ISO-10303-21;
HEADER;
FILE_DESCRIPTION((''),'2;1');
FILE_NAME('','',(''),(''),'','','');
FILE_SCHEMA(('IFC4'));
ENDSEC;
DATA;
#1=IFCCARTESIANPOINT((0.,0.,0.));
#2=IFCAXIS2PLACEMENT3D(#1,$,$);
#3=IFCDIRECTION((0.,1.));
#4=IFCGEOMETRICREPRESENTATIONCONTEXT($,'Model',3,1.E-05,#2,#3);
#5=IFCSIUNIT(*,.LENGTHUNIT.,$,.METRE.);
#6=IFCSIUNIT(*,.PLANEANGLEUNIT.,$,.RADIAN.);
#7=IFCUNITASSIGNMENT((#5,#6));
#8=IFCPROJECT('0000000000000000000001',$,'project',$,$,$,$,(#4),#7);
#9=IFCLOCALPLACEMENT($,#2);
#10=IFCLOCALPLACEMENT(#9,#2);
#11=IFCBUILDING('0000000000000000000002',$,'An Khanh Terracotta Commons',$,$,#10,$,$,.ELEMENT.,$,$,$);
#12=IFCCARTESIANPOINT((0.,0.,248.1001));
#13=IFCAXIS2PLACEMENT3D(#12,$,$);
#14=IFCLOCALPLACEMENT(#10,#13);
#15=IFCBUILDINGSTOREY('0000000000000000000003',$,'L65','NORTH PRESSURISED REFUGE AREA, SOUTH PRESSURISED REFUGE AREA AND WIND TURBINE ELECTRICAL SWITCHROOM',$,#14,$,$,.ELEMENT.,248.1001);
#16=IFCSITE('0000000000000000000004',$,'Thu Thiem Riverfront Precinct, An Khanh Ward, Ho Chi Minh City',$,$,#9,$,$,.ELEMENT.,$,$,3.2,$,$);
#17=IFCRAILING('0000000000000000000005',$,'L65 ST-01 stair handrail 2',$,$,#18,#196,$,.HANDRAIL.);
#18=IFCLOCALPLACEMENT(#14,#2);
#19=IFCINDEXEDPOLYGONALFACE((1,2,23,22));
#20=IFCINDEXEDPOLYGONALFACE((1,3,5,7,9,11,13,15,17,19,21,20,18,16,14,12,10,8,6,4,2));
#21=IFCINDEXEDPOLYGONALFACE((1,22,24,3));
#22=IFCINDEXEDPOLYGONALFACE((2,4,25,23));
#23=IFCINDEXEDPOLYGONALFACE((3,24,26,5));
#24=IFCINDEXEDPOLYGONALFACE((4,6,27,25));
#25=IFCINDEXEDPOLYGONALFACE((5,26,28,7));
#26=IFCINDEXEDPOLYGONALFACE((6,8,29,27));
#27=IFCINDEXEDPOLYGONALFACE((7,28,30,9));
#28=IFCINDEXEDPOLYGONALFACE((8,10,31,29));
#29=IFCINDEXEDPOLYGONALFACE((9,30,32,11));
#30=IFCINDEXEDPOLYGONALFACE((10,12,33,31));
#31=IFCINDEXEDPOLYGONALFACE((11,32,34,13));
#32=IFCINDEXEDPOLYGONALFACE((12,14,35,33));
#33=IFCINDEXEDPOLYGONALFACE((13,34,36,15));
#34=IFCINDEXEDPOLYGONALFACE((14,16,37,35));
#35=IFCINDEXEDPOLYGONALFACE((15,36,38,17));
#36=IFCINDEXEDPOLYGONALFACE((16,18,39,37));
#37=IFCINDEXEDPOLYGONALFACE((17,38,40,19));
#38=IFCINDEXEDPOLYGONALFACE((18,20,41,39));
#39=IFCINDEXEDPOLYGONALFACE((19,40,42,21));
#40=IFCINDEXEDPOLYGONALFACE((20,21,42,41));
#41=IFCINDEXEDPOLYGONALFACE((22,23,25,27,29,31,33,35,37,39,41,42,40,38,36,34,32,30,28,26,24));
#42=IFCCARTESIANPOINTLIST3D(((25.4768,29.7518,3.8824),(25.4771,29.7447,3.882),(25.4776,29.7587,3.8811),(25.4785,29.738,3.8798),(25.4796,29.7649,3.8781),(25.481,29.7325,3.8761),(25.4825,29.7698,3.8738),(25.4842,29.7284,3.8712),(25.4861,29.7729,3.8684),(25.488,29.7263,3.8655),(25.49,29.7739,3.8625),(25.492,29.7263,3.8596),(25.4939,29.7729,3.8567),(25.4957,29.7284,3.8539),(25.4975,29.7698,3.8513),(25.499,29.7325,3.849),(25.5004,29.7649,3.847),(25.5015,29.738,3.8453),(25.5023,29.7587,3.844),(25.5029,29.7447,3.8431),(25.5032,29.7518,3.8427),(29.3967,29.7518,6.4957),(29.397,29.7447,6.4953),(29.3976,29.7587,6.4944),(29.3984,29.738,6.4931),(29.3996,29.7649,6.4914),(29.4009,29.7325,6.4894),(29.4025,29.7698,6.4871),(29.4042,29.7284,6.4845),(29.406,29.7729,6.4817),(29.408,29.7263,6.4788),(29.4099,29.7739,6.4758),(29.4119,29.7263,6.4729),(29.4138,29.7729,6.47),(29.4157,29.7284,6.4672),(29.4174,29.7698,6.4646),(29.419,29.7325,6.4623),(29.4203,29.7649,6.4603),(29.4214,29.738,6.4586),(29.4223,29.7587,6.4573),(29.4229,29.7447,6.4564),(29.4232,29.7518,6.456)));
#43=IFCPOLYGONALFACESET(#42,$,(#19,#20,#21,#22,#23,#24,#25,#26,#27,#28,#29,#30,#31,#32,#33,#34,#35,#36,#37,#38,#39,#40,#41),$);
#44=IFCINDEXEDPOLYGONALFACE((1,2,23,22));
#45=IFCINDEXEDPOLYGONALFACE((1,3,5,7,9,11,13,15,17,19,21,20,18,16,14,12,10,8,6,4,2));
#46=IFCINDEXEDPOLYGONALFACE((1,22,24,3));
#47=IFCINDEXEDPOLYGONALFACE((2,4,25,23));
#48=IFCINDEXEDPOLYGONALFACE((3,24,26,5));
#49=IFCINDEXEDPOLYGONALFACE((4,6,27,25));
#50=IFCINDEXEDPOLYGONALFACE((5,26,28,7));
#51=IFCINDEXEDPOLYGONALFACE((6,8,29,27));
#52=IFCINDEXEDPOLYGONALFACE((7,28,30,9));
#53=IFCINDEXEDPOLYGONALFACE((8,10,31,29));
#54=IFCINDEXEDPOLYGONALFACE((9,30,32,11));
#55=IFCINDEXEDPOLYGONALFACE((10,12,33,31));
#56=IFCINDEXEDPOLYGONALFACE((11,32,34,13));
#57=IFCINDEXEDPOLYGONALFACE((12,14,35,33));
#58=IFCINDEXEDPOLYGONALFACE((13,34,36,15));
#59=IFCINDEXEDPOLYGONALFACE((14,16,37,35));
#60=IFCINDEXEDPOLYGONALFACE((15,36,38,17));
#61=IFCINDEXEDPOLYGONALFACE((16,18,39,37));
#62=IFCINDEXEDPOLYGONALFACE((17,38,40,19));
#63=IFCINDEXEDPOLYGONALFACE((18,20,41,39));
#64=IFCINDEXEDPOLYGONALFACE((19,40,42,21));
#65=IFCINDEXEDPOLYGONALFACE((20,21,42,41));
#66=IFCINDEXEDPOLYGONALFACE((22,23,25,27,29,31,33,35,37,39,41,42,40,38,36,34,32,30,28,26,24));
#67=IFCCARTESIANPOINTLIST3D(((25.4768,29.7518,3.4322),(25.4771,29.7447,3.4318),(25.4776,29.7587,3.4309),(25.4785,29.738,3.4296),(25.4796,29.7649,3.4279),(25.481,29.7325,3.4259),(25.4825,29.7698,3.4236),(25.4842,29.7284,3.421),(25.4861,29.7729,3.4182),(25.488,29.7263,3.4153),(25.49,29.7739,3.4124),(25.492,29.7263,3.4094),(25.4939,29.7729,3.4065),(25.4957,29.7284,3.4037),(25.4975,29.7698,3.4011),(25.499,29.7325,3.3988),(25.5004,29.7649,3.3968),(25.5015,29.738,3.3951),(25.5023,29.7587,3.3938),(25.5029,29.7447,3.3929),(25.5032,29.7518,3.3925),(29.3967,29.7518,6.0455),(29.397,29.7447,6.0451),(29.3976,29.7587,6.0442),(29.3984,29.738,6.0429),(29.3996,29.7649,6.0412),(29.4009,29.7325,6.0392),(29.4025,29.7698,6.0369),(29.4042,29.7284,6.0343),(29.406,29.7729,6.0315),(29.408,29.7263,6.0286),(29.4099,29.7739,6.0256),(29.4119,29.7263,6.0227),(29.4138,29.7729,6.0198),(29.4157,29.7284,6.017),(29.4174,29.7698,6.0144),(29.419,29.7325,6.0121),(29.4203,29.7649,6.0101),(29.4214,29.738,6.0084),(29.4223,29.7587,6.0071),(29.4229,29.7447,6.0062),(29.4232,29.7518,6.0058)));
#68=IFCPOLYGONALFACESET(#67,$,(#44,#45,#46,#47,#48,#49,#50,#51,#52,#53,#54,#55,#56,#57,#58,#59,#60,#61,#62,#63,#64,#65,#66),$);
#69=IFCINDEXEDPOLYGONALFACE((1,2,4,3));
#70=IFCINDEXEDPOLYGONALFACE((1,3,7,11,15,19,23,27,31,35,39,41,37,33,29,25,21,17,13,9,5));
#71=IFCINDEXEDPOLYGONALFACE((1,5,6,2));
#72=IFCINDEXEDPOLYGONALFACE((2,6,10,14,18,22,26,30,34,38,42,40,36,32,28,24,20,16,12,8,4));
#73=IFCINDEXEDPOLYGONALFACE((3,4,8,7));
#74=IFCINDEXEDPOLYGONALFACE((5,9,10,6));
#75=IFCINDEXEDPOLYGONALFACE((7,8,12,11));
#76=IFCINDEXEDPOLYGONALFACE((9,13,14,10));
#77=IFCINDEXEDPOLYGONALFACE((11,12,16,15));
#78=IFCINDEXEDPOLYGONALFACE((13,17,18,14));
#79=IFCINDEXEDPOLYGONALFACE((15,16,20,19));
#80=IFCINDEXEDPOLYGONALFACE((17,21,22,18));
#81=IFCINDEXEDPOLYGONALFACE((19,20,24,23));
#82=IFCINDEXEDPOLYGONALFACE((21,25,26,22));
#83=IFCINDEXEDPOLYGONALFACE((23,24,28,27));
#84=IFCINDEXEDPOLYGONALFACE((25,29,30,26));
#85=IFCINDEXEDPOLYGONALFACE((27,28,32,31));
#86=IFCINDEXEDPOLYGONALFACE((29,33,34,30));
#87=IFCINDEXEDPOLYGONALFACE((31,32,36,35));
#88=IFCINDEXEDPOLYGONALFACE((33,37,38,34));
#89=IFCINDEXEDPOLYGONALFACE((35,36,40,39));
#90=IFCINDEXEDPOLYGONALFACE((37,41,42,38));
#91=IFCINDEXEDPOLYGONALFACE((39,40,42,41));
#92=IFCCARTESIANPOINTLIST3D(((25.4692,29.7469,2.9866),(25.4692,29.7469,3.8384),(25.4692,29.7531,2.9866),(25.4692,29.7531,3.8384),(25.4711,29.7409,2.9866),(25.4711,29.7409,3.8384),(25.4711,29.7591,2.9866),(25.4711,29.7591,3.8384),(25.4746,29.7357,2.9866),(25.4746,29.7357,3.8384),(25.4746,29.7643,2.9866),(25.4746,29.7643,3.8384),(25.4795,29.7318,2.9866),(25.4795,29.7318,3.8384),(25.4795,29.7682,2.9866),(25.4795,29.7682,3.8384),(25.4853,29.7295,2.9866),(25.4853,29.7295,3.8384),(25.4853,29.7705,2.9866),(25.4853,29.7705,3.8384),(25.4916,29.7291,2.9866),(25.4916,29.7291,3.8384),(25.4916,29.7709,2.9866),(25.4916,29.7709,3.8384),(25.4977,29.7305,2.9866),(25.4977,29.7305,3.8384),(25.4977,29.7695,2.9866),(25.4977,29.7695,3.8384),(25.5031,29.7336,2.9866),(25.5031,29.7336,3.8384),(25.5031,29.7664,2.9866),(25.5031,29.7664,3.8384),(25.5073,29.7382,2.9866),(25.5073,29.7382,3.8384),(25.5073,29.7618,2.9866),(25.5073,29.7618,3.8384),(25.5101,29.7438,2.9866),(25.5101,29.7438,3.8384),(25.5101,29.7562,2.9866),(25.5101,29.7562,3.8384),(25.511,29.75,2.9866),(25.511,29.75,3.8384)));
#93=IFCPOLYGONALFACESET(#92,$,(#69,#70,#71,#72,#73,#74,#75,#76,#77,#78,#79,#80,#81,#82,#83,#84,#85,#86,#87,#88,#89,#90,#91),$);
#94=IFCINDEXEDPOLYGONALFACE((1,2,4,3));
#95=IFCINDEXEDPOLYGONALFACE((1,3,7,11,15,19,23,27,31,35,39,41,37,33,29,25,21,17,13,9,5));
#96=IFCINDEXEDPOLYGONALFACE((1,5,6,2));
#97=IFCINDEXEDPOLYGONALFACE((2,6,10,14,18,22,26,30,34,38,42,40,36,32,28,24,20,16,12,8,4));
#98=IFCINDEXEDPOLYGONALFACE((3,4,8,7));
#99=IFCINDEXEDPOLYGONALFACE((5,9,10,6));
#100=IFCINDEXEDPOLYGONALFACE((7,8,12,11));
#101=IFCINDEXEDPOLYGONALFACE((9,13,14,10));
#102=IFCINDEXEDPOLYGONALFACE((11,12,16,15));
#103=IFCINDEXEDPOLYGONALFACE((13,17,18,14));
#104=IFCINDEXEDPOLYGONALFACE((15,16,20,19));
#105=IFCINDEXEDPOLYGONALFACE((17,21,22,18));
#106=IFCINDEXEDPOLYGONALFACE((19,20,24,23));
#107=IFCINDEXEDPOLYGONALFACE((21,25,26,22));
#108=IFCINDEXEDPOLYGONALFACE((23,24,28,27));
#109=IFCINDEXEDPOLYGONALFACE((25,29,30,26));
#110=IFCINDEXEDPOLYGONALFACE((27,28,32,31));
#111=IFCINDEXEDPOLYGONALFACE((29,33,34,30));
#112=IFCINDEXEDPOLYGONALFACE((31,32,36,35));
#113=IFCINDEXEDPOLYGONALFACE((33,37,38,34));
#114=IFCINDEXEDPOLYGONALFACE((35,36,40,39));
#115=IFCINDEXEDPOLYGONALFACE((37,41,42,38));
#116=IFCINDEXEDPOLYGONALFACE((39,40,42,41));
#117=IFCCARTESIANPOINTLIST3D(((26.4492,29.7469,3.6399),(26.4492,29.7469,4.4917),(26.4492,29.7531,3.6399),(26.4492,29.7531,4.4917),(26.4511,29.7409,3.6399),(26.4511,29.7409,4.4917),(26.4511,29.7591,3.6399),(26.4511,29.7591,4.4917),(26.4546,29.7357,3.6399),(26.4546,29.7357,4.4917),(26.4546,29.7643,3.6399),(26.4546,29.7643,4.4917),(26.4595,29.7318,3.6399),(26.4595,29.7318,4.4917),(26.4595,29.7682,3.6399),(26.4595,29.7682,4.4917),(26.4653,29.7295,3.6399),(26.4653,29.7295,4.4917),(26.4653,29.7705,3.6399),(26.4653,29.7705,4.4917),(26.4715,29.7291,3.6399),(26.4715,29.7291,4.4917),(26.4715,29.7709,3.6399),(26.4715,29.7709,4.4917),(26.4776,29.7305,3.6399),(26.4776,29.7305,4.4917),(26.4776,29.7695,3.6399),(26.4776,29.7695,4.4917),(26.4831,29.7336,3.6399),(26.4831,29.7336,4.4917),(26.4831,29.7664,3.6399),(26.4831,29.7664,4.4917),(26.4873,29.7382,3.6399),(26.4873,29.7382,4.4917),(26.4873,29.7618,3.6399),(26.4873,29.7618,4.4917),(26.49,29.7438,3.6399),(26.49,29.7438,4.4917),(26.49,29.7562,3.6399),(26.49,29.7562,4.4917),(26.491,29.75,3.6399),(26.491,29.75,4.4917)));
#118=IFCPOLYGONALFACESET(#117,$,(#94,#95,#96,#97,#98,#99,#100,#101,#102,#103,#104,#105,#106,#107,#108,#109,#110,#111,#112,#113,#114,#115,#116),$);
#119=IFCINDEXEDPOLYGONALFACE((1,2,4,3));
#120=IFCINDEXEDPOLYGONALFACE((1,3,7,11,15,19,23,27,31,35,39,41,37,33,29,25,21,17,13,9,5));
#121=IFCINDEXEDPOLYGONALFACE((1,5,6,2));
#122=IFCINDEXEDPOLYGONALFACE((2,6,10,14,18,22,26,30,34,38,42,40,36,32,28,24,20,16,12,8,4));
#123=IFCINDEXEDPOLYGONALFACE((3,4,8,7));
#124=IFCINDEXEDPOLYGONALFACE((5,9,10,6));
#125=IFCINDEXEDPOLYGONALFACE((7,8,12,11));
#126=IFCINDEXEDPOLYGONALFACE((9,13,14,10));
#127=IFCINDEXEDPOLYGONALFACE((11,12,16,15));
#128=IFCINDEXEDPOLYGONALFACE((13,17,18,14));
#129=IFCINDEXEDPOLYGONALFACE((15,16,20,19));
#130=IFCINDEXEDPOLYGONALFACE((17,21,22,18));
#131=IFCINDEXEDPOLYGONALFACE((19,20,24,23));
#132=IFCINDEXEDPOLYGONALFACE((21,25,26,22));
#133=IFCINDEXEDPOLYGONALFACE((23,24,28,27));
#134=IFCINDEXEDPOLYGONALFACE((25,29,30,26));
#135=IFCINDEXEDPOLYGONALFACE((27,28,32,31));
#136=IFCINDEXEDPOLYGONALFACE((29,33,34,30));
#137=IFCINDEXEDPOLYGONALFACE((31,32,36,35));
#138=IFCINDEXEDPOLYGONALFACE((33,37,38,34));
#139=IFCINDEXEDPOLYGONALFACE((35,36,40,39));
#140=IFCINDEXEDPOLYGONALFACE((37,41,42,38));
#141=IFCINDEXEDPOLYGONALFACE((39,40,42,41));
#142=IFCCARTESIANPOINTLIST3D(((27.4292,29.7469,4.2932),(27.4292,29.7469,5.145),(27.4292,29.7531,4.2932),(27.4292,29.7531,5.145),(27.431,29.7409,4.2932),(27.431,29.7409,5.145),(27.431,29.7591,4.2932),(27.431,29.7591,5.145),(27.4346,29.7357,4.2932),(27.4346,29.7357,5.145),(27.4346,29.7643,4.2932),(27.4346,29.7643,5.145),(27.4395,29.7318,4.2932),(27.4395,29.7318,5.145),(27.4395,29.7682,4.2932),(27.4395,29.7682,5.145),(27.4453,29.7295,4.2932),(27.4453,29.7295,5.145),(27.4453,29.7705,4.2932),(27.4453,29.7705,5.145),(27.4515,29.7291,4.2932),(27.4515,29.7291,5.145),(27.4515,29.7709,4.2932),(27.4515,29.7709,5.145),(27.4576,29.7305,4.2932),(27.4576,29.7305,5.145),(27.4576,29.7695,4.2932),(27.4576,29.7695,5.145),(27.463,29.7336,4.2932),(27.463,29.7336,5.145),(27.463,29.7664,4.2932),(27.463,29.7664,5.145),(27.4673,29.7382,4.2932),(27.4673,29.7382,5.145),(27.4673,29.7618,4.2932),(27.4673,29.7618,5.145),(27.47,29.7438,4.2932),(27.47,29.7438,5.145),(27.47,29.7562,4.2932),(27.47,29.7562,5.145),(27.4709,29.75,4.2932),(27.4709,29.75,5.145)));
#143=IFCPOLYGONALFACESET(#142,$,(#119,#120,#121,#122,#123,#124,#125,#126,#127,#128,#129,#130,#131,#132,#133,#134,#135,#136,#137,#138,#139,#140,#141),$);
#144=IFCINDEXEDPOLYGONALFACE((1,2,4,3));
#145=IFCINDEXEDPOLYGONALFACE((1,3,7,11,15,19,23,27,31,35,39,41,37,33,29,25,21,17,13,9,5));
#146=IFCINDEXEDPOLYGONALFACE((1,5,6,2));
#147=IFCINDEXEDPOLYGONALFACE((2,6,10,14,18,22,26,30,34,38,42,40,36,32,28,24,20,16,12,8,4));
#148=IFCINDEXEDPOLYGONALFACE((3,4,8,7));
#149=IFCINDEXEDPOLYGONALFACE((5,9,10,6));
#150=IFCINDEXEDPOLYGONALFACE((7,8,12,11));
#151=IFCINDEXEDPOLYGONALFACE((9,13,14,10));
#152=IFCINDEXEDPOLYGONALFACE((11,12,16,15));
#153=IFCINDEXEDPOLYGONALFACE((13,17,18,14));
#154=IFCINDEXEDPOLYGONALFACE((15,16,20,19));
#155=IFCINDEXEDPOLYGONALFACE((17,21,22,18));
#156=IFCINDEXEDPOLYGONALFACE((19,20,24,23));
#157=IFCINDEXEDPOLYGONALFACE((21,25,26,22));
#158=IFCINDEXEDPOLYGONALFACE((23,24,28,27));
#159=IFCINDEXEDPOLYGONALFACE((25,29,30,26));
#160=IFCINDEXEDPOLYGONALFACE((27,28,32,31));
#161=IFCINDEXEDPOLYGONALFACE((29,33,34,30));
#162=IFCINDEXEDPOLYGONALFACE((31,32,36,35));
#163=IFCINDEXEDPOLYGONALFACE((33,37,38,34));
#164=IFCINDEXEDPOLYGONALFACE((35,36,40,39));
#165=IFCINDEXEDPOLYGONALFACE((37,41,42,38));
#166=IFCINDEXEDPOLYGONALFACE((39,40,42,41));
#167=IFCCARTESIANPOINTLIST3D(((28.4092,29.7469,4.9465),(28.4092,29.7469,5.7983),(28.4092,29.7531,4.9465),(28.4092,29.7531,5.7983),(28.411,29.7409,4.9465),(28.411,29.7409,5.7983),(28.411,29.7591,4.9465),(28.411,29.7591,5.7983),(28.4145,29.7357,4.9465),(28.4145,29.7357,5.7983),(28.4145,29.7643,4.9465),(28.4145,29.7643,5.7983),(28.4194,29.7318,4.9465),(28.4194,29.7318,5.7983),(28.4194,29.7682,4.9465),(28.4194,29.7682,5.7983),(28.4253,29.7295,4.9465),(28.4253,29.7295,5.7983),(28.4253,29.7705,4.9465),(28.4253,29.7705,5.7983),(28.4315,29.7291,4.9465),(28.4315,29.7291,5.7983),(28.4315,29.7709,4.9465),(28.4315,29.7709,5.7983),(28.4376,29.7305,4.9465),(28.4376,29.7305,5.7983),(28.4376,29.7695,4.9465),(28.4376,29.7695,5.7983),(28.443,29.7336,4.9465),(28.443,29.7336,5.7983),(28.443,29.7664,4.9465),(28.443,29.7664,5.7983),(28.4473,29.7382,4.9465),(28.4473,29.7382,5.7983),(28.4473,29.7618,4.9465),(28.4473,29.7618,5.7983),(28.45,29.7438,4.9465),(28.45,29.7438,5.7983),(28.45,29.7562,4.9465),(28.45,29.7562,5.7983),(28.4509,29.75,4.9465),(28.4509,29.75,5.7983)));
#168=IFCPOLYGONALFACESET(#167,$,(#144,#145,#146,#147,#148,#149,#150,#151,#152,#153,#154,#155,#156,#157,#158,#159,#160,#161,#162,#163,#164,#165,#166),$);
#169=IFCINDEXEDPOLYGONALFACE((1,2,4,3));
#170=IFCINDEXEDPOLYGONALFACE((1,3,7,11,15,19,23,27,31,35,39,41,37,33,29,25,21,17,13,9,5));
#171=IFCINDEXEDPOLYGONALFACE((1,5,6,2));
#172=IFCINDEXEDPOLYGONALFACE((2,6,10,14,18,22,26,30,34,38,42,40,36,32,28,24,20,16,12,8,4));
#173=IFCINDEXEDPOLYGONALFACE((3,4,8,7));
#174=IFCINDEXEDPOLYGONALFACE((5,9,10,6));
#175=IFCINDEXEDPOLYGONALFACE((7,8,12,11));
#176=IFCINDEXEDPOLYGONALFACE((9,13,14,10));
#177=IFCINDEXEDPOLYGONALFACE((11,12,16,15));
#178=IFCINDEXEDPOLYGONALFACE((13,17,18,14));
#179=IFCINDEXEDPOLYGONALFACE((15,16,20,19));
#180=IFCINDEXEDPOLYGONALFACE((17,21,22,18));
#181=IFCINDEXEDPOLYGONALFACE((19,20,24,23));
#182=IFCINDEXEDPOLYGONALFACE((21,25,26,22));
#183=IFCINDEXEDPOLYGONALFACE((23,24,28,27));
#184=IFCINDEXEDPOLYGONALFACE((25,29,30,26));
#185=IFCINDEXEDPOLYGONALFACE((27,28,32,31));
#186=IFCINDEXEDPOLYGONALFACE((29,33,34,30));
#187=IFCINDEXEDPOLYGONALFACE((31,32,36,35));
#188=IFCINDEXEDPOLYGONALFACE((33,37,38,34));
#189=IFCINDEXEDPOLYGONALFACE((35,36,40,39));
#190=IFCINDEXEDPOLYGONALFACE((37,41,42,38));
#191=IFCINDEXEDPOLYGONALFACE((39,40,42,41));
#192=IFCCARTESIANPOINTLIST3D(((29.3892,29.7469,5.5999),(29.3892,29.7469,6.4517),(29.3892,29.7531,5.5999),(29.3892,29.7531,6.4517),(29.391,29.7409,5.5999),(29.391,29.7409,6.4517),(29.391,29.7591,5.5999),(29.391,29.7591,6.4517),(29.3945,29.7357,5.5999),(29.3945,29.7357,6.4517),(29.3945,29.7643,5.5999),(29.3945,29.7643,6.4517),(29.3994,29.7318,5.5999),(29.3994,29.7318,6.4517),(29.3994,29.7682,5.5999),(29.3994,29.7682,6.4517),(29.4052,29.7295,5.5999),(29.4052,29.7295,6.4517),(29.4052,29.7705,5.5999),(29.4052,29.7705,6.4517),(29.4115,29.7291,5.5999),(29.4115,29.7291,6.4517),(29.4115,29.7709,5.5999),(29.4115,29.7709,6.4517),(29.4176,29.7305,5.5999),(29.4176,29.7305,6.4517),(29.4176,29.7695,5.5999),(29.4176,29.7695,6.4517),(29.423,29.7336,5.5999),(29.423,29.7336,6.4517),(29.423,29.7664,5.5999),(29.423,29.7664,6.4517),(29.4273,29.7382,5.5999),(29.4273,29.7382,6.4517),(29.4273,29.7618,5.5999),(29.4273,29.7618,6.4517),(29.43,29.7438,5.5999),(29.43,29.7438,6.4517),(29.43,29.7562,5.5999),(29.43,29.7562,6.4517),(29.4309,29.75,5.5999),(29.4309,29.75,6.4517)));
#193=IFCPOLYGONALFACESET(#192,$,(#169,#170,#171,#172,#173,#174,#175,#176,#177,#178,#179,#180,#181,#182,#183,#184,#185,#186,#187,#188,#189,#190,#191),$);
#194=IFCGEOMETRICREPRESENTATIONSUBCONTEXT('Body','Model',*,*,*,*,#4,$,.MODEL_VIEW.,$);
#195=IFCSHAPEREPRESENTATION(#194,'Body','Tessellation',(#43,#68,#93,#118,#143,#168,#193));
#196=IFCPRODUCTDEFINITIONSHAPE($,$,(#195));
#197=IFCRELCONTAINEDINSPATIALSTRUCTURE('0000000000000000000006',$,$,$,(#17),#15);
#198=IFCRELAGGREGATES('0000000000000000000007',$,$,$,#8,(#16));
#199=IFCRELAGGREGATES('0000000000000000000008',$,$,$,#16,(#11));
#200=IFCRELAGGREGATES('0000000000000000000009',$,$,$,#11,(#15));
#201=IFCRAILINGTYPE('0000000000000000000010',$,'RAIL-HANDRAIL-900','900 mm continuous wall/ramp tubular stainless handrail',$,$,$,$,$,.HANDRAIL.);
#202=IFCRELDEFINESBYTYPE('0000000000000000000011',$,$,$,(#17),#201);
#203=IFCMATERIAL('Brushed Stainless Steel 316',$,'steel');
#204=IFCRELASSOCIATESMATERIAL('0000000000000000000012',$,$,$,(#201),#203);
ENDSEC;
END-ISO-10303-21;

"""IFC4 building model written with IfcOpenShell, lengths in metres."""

from ifc_helpers import new_model, si_unit, direction, frame, origin, origin_2d, place, context, subcontext, project, spatial, circle, extrude, material, type_object, element, save


model = new_model("IFC4")

# Units and contexts
model_context = context("Model", 3, precision=1e-05, world=origin(), true_north=direction((0.0, 1.0)))
body_context = subcontext(model_context, "Body", "Model", "MODEL_VIEW")
ifc_project = project(units=[si_unit("LENGTHUNIT", "METRE"), si_unit("PLANEANGLEUNIT", "RADIAN")], contexts=[model_context])

# Site, building, storey
site_placement = place(None, origin())
site = spatial("IfcSite", under=ifc_project, at=site_placement, Name="Thu Thiem Riverfront Precinct, An Khanh Ward, Ho Chi Minh City", CompositionType="ELEMENT", RefElevation=3.2)
building_placement = place(site_placement, origin())
building = spatial("IfcBuilding", under=site, at=building_placement, Name="An Khanh Terracotta Commons", CompositionType="ELEMENT")
storey_placement = place(building_placement, frame((0.0, 0.0, 248.1001)))
storey = spatial("IfcBuildingStorey", under=building, at=storey_placement, Name="L65", Description="NORTH PRESSURISED REFUGE AREA, SOUTH PRESSURISED REFUGE AREA AND WIND TURBINE ELECTRICAL SWITCHROOM", CompositionType="ELEMENT", Elevation=248.1001)

# Railing
ifc_material_1 = material(Name="Brushed Stainless Steel 316", Category="steel")
railing_type_1 = type_object("IfcRailingType", Name="RAIL-HANDRAIL-900", Description="900 mm continuous wall/ramp tubular stainless handrail", PredefinedType="HANDRAIL", material=ifc_material_1)
railing_1_placement = place(storey_placement, frame((25.49, 29.75, 2.9866)))
element("IfcRailing", 1, at=railing_1_placement, inside=storey, type_object=railing_type_1, Name="L65 ST-01 stair handrail 2", PredefinedType="HANDRAIL", context=body_context, shape_type="SweptSolid", body=[
    extrude(circle(Radius=0.0239, at=origin_2d()), frame((0.0, 0.0, 0.876), z_axis=(0.83205, 0.0, 0.5547), x_axis=(0.0, 1.0, 0.0)), (0.0, 0.0, 1.0), 4.7112),
    extrude(circle(Radius=0.0239, at=origin_2d()), frame((0.0, 0.0, 0.4258), z_axis=(0.83205, 0.0, 0.5547), x_axis=(0.0, 1.0, 0.0)), (0.0, 0.0, 1.0), 4.7112),
    extrude(circle(Radius=0.021, at=origin_2d()), origin(), (0.0, 0.0, 1.0), 0.8518),
    extrude(circle(Radius=0.021, at=origin_2d()), frame((0.98, 0.0, 0.6533)), (0.0, 0.0, 1.0), 0.8518),
    extrude(circle(Radius=0.021, at=origin_2d()), frame((1.96, 0.0, 1.3066)), (0.0, 0.0, 1.0), 0.8518),
    extrude(circle(Radius=0.021, at=origin_2d()), frame((2.9399, 0.0, 1.96)), (0.0, 0.0, 1.0), 0.8518),
    extrude(circle(Radius=0.021, at=origin_2d()), frame((3.9199, 0.0, 2.6133)), (0.0, 0.0, 1.0), 0.8518),
])

save(model, "model.ifc")
